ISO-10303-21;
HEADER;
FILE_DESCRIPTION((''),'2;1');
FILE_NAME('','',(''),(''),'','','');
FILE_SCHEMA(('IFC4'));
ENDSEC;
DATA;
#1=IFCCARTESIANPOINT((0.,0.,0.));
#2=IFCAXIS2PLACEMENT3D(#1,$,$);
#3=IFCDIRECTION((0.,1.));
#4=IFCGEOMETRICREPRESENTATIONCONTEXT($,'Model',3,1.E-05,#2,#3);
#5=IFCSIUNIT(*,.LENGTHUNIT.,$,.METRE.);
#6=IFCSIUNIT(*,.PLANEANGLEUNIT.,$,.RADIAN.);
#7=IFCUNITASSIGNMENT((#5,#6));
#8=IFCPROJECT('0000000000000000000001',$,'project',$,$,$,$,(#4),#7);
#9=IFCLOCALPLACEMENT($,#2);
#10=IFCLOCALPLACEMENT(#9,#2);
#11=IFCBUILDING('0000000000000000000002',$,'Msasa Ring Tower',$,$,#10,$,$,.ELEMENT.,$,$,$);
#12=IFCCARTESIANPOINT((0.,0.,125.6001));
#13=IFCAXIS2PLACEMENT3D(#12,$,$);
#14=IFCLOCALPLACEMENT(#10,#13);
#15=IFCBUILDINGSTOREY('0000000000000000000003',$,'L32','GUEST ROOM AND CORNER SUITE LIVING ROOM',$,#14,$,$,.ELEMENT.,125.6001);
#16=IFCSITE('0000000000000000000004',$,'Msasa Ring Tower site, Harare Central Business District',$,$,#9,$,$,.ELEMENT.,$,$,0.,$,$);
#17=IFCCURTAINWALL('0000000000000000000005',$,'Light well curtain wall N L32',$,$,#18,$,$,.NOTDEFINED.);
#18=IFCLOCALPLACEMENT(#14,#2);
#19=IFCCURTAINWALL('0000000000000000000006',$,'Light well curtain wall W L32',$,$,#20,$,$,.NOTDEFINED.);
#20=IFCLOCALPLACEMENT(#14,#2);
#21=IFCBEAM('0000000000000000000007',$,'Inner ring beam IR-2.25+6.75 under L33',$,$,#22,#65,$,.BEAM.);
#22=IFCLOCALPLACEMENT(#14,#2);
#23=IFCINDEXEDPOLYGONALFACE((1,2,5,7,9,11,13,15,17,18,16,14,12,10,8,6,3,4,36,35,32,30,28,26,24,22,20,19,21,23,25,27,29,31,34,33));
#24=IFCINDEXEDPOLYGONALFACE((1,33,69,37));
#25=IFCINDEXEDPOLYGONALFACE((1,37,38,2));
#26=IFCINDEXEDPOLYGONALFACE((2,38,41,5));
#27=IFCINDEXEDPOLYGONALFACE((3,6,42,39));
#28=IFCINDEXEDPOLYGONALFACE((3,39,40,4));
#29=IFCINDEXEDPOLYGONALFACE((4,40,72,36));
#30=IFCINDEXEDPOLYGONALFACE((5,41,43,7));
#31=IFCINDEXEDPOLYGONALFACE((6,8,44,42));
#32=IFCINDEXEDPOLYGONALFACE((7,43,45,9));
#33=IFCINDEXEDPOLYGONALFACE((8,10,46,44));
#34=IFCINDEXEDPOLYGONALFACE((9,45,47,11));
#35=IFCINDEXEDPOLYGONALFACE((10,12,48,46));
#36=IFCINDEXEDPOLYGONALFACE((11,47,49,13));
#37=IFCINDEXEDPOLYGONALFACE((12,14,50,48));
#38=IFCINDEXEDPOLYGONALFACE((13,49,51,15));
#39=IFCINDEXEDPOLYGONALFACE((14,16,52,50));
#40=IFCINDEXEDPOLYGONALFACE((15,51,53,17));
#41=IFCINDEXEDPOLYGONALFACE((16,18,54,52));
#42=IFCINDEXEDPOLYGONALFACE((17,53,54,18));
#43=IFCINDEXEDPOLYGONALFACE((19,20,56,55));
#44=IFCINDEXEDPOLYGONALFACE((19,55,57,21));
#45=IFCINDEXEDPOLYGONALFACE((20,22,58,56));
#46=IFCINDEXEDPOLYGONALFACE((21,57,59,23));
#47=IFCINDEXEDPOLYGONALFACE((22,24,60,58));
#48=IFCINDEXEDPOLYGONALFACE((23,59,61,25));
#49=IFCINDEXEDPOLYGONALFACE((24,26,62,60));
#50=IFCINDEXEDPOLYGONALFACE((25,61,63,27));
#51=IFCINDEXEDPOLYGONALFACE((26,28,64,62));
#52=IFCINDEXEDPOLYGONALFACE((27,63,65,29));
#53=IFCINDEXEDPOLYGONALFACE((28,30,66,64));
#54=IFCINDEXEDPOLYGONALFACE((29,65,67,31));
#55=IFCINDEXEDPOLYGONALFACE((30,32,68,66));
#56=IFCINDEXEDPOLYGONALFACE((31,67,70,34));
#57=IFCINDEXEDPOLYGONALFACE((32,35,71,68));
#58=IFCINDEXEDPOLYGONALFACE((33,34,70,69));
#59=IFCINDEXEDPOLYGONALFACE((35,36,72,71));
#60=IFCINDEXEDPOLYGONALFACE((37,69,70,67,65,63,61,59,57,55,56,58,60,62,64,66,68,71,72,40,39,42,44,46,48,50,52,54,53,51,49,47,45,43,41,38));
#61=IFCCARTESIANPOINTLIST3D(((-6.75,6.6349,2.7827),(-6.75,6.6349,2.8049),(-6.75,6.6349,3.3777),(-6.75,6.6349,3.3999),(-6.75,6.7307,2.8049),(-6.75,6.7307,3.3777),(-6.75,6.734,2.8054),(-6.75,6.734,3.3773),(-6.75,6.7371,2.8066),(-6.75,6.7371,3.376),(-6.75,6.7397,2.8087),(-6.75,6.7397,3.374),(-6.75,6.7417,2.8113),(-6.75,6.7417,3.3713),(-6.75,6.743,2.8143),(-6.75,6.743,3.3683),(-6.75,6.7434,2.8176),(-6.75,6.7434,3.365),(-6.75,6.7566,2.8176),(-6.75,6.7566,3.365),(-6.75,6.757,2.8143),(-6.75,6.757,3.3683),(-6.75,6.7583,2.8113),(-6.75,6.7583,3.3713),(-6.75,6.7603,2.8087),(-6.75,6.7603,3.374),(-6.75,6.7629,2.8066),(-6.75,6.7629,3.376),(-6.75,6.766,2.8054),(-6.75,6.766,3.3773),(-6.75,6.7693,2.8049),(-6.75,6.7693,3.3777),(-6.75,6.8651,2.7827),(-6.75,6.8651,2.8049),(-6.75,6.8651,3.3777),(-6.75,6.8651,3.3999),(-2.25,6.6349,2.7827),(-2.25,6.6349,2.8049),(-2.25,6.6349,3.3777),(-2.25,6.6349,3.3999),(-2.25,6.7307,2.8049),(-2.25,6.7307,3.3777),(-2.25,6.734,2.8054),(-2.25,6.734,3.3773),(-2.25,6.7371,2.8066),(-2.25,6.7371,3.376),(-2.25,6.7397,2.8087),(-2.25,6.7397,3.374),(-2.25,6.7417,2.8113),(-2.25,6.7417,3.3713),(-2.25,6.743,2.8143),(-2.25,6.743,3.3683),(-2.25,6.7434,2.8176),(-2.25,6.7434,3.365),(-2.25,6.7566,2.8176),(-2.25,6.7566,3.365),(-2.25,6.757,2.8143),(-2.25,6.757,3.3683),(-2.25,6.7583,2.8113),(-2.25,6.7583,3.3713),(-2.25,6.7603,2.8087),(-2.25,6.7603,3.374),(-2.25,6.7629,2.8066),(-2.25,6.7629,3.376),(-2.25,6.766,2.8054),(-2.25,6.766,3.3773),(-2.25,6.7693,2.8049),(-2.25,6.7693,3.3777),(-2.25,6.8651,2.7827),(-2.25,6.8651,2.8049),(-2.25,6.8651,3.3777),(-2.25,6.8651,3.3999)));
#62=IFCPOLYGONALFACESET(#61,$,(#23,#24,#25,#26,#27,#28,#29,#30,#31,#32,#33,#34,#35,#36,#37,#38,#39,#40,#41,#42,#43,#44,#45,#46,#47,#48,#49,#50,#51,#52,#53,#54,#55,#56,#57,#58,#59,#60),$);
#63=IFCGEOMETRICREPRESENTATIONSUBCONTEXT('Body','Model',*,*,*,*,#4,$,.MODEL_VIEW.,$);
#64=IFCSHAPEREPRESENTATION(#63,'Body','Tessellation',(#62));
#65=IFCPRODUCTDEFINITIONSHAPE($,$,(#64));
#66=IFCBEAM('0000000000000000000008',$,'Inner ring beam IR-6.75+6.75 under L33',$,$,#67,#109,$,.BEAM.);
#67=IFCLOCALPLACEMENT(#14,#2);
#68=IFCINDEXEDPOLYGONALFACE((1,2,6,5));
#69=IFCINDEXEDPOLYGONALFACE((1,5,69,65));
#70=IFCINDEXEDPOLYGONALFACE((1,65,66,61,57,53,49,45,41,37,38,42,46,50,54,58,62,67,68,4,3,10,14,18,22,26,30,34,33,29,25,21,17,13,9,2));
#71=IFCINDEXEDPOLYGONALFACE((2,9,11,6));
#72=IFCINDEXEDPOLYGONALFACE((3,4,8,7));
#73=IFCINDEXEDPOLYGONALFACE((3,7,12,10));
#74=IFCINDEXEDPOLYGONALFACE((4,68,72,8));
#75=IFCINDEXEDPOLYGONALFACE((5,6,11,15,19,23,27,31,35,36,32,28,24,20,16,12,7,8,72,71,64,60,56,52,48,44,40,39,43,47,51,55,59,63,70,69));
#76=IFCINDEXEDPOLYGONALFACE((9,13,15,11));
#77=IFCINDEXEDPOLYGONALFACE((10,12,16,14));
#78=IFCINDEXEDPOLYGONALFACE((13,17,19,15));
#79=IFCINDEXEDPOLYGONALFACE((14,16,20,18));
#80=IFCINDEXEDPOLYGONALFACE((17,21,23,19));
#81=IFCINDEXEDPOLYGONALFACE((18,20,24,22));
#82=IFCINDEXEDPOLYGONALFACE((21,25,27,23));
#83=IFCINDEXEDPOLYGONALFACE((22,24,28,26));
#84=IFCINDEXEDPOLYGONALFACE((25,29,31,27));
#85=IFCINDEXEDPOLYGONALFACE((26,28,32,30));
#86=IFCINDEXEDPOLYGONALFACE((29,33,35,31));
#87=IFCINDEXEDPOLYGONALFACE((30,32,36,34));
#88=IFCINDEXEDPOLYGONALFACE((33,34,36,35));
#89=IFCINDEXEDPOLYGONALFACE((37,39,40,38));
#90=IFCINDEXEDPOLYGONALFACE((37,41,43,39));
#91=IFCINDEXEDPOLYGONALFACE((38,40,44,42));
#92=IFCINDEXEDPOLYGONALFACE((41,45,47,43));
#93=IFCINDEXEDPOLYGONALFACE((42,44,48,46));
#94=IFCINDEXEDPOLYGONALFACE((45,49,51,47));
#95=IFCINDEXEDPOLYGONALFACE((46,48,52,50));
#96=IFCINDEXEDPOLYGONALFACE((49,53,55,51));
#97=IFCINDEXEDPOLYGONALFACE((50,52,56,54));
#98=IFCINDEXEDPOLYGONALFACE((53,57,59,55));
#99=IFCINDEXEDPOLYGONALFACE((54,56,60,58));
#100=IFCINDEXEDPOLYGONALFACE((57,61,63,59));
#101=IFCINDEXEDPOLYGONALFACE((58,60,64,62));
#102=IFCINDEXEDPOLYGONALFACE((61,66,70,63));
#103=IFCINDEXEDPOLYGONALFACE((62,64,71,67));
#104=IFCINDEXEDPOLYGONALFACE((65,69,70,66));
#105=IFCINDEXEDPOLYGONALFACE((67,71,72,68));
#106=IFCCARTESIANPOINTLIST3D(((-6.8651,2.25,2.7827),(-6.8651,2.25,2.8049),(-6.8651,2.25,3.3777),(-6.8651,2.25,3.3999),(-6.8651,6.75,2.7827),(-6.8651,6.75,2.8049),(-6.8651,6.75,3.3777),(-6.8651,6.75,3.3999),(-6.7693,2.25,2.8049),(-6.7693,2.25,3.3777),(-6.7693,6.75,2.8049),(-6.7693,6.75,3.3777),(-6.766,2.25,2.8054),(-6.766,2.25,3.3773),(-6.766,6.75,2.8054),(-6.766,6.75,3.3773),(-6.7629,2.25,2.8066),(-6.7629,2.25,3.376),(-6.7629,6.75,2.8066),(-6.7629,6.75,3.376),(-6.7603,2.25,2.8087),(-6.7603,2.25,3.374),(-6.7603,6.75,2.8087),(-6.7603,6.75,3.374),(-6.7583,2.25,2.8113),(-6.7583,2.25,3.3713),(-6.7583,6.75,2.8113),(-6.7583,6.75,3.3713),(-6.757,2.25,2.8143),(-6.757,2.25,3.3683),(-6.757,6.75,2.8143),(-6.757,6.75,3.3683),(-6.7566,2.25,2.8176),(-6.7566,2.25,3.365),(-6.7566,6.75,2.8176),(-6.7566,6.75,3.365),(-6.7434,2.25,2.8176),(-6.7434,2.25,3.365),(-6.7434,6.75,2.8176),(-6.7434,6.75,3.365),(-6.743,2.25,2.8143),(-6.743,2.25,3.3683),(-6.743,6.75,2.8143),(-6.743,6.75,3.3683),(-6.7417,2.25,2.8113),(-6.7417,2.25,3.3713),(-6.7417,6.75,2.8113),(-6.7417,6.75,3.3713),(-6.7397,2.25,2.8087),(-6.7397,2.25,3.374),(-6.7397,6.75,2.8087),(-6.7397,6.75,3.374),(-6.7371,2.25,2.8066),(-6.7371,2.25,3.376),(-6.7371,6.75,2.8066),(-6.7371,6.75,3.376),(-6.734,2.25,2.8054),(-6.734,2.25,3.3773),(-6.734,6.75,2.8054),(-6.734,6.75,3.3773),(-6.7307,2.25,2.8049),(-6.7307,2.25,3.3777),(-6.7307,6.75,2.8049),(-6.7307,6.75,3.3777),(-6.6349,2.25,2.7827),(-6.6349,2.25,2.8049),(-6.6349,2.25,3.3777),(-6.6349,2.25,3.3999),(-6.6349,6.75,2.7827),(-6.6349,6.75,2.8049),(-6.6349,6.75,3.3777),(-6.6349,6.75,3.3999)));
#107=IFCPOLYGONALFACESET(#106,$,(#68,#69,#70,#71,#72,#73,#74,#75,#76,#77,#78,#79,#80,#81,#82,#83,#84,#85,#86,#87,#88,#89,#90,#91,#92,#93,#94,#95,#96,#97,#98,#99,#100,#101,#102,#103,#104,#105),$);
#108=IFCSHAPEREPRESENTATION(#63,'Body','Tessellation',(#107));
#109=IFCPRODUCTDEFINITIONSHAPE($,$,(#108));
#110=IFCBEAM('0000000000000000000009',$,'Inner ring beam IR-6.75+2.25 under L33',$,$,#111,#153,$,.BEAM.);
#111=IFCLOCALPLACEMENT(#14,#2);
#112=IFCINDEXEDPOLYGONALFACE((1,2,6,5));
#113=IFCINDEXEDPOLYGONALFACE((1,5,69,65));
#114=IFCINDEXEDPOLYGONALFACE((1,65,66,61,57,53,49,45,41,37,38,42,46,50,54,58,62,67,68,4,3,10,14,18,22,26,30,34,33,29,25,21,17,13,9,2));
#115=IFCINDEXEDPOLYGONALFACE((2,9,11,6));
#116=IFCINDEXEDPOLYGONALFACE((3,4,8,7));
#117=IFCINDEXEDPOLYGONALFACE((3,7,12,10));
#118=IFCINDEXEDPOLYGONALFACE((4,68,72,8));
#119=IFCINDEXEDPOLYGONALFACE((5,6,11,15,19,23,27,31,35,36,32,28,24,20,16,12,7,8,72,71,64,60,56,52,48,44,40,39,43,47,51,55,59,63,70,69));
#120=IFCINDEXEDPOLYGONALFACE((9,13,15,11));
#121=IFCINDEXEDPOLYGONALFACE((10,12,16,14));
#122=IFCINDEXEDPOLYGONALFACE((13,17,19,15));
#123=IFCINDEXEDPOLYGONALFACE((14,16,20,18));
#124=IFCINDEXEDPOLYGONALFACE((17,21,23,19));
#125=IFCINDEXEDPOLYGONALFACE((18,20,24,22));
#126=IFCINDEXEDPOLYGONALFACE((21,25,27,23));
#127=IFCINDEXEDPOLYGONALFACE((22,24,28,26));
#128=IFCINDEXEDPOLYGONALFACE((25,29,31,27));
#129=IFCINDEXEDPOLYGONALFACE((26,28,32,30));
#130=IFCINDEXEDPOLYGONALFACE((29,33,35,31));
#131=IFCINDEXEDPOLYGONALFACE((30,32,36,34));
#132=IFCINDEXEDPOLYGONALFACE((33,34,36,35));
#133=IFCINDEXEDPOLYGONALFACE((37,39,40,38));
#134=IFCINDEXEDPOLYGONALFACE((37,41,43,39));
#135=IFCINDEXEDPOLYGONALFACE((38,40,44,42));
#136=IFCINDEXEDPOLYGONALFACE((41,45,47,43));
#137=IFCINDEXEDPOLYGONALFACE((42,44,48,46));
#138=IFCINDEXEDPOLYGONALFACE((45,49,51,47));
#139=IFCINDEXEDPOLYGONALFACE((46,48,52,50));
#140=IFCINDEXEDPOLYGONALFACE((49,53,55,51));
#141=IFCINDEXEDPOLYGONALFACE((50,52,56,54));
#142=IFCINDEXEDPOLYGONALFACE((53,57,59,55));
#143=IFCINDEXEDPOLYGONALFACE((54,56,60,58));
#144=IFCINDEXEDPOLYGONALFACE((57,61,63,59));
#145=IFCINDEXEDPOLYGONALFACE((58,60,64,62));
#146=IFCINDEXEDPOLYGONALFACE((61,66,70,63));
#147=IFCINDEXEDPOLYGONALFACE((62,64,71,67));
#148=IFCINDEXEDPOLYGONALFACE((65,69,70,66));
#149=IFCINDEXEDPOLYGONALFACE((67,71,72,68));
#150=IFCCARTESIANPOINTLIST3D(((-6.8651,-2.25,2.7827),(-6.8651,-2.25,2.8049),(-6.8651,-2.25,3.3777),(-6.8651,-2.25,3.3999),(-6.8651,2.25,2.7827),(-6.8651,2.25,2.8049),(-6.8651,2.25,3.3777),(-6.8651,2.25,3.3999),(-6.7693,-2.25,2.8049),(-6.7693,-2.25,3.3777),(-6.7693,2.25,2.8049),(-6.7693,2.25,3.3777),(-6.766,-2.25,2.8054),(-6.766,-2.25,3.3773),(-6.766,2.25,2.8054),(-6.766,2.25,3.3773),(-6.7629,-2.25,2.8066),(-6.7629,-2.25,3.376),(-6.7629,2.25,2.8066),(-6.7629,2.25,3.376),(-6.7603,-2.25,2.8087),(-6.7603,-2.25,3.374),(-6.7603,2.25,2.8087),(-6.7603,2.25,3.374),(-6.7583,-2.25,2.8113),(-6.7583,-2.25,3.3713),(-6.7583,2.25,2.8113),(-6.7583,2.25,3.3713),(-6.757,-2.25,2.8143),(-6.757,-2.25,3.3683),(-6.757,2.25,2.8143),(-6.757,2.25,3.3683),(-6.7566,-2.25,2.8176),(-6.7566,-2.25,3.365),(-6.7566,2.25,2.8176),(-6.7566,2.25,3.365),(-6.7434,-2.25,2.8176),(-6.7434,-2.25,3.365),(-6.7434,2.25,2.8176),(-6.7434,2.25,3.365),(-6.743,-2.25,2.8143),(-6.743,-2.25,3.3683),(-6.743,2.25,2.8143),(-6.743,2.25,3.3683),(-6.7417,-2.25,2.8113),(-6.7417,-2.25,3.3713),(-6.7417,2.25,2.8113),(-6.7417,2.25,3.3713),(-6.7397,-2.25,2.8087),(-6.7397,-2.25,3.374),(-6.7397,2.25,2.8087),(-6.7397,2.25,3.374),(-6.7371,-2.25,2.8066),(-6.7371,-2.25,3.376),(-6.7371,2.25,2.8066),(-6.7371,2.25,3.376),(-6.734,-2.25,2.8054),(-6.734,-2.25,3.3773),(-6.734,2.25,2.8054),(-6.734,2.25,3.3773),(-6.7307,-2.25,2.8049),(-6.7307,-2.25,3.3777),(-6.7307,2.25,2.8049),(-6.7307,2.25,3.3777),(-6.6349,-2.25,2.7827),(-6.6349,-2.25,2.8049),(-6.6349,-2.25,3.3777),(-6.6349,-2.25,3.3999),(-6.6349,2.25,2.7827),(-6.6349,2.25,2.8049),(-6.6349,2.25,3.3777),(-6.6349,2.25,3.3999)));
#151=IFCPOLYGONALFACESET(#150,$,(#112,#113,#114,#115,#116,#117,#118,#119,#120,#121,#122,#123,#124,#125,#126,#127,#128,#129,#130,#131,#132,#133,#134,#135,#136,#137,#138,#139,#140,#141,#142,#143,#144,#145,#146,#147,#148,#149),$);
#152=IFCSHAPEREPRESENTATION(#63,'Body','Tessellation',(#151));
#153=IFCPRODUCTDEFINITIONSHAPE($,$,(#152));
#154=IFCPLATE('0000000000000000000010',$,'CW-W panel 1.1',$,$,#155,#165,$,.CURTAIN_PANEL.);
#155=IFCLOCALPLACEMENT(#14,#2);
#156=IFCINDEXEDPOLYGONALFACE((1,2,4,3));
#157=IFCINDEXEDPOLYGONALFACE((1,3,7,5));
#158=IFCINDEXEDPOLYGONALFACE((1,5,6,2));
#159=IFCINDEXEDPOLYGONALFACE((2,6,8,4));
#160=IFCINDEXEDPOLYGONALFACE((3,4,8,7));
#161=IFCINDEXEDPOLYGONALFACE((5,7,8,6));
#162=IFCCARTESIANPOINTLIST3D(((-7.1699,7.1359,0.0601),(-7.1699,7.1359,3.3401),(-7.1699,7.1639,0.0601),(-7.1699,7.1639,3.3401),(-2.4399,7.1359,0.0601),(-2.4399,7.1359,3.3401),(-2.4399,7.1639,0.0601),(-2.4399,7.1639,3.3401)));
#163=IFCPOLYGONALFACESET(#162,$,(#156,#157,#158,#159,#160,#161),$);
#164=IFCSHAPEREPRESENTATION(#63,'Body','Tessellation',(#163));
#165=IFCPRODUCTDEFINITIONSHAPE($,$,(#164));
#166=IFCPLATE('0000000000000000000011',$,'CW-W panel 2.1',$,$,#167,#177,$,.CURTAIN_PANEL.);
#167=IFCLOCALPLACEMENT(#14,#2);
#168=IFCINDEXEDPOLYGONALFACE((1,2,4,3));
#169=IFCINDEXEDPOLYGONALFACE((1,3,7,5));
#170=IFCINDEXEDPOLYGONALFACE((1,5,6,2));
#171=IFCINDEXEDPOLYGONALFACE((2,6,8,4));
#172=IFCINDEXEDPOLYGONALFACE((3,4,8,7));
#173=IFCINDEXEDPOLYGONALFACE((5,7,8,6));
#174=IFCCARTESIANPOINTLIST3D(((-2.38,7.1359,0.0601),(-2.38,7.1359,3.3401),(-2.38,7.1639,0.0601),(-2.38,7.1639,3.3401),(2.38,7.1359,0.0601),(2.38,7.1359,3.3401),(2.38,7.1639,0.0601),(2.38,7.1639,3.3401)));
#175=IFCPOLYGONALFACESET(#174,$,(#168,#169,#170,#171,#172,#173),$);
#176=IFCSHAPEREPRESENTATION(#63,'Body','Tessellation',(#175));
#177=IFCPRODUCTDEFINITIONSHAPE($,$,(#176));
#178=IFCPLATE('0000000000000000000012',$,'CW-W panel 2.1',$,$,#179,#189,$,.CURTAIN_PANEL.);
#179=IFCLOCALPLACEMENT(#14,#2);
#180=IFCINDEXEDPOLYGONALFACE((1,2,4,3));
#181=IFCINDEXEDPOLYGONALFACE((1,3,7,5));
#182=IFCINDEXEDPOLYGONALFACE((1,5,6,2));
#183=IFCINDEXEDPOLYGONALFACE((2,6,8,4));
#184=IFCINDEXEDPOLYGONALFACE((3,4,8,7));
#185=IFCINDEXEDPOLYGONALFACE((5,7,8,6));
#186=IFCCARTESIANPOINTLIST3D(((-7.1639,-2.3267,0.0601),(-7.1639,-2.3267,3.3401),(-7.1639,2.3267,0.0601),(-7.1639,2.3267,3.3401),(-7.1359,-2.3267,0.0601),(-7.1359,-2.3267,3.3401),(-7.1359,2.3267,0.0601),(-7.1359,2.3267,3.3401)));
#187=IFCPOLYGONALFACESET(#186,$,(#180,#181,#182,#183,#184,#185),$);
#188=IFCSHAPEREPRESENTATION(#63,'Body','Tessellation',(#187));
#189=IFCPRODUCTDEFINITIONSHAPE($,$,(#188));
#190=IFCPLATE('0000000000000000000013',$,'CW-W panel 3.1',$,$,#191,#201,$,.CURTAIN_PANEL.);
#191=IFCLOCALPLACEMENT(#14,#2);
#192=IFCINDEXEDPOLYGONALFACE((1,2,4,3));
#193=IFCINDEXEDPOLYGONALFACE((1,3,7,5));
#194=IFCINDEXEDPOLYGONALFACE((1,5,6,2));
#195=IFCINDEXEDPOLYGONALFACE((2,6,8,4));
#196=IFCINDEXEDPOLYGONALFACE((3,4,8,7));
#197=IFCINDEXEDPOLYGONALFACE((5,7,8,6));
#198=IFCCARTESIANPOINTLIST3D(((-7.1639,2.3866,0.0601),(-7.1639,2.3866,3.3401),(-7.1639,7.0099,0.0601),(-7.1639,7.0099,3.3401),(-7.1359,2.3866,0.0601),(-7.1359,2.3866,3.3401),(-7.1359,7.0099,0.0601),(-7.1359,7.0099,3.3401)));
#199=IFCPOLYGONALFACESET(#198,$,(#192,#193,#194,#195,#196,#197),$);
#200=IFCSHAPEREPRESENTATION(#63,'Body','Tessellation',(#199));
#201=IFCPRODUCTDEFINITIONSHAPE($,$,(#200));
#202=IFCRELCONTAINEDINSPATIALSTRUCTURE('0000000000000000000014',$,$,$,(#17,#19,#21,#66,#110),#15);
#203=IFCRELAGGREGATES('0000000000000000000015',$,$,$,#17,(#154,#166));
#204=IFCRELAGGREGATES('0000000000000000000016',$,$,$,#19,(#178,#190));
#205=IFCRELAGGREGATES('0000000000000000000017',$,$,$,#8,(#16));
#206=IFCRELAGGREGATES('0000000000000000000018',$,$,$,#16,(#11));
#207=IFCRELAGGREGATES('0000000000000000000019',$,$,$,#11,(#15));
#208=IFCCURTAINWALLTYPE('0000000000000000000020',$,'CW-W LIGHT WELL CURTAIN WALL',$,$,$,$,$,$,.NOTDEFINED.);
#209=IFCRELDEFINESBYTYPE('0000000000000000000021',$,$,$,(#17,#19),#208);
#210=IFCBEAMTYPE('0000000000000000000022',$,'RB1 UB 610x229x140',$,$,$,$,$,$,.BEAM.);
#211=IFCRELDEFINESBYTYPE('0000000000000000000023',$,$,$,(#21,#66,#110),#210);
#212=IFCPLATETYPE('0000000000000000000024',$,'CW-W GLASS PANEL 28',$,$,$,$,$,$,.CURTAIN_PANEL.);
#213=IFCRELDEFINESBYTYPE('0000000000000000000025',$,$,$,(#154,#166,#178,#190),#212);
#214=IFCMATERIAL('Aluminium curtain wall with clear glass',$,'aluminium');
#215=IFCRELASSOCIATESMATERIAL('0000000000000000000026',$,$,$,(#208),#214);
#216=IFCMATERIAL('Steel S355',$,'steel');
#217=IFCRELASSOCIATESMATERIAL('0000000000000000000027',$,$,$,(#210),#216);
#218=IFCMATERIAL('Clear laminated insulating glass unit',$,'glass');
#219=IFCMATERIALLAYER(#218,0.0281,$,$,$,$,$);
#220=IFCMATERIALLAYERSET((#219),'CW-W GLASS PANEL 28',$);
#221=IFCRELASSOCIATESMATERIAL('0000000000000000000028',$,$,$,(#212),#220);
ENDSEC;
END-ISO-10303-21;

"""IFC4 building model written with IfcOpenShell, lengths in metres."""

from ifc_helpers import new_model, si_unit, direction, frame, origin, origin_2d, place, context, subcontext, project, spatial, rectangle, i_section, extrude, material, layer, layer_set, material_profile, profile_set, type_object, element, aggregate, save


model = new_model("IFC4")

# Units and contexts
model_context = context("Model", 3, precision=1e-05, world=origin(), true_north=direction((0.0, 1.0)))
body_context = subcontext(model_context, "Body", "Model", "MODEL_VIEW")
ifc_project = project(units=[si_unit("LENGTHUNIT", "METRE"), si_unit("PLANEANGLEUNIT", "RADIAN")], contexts=[model_context])

# Site, building, storey
site_placement = place(None, origin())
site = spatial("IfcSite", under=ifc_project, at=site_placement, Name="Msasa Ring Tower site, Harare Central Business District", CompositionType="ELEMENT", RefElevation=0.0)
building_placement = place(site_placement, origin())
building = spatial("IfcBuilding", under=site, at=building_placement, Name="Msasa Ring Tower", CompositionType="ELEMENT")
storey_placement = place(building_placement, frame((0.0, 0.0, 125.6001)))
storey = spatial("IfcBuildingStorey", under=building, at=storey_placement, Name="L32", Description="GUEST ROOM AND CORNER SUITE LIVING ROOM", CompositionType="ELEMENT", Elevation=125.6001)

# Curtain walls
ifc_material_1 = material(Name="Aluminium curtain wall with clear glass", Category="aluminium")
curtain_wall_type = type_object("IfcCurtainWallType", Name="CW-W LIGHT WELL CURTAIN WALL", PredefinedType="NOTDEFINED", material=ifc_material_1)
curtain_wall_1_placement = place(storey_placement, origin())
curtain_wall_1 = element("IfcCurtainWall", 1, at=curtain_wall_1_placement, inside=storey, type_object=curtain_wall_type, Name="Light well curtain wall N L32", PredefinedType="NOTDEFINED")
curtain_wall_2_placement = place(storey_placement, origin())
curtain_wall_2 = element("IfcCurtainWall", 2, at=curtain_wall_2_placement, inside=storey, type_object=curtain_wall_type, Name="Light well curtain wall W L32", PredefinedType="NOTDEFINED")

# Beams
ifc_material_2 = material(Name="Steel S355", Category="steel")
ifc_material_profile_1 = material_profile(ifc_material_2, i_section(OverallWidth=0.2302, OverallDepth=0.6172, WebThickness=0.0132, FlangeThickness=0.0222, FilletRadius=0.0127, at=origin_2d()), Name="UB 610x229x140")
ifc_profile_set_1 = profile_set([ifc_material_profile_1], Name="Steel S355")
beam_type = type_object("IfcBeamType", Name="RB1 UB 610x229x140", PredefinedType="BEAM", material=ifc_profile_set_1)
for number, where, z_axis, x_axis, name in (
    (3, (-2.25, 6.75, 3.0913), (-1.0, 0.0, 0.0), (0.0, -1.0, 0.0), "Inner ring beam IR-2.25+6.75 under L33"),
    (4, (-6.75, 6.75, 3.0913), (0.0, -1.0, 0.0), (1.0, 0.0, 0.0), "Inner ring beam IR-6.75+6.75 under L33"),
    (5, (-6.75, 2.25, 3.0913), (0.0, -1.0, 0.0), (1.0, 0.0, 0.0), "Inner ring beam IR-6.75+2.25 under L33"),
):
    element("IfcBeam", number, at=place(storey_placement, frame(where, z_axis=z_axis, x_axis=x_axis)), inside=storey, type_object=beam_type, Name=name, PredefinedType="BEAM", context=body_context, shape_type="SweptSolid", body=[
        extrude(i_section(OverallWidth=0.2302, OverallDepth=0.6172, WebThickness=0.0132, FlangeThickness=0.0222, FilletRadius=0.0127, at=origin_2d()), origin(), (0.0, 0.0, 1.0), 4.5),
    ])

# Plates
ifc_material_3 = material(Name="Clear laminated insulating glass unit", Category="glass")
ifc_layer_1 = layer(ifc_material_3, 0.0281)
ifc_layer_set_1 = layer_set([ifc_layer_1], Name="CW-W GLASS PANEL 28")
plate_type = type_object("IfcPlateType", Name="CW-W GLASS PANEL 28", PredefinedType="CURTAIN_PANEL", material=ifc_layer_set_1)
plate_1_placement = place(storey_placement, frame((-4.8049, 7.1499, 0.0601), z_axis=(0.0, 0.0, 1.0), x_axis=(1.0, 0.0, 0.0)))
plate_1 = element("IfcPlate", 6, at=plate_1_placement, type_object=plate_type, Name="CW-W panel 1.1", PredefinedType="CURTAIN_PANEL", context=body_context, shape_type="SweptSolid", body=[
    extrude(rectangle(XDim=4.73, YDim=0.0281, at=origin_2d()), origin(), (0.0, 0.0, 1.0), 3.28),
])
plate_2_placement = place(storey_placement, frame((0.0, 7.1499, 0.0601), z_axis=(0.0, 0.0, 1.0), x_axis=(1.0, 0.0, 0.0)))
plate_2 = element("IfcPlate", 7, at=plate_2_placement, type_object=plate_type, Name="CW-W panel 2.1", PredefinedType="CURTAIN_PANEL", context=body_context, shape_type="SweptSolid", body=[
    extrude(rectangle(XDim=4.76, YDim=0.0281, at=origin_2d()), origin(), (0.0, 0.0, 1.0), 3.28),
])
aggregate(curtain_wall_1, [plate_1, plate_2])
plate_3_placement = place(storey_placement, frame((-7.1499, 0.0, 0.0601), z_axis=(0.0, 0.0, 1.0), x_axis=(0.0, 1.0, 0.0)))
plate_3 = element("IfcPlate", 8, at=plate_3_placement, type_object=plate_type, Name="CW-W panel 2.1", PredefinedType="CURTAIN_PANEL", context=body_context, shape_type="SweptSolid", body=[
    extrude(rectangle(XDim=4.6533, YDim=0.0281, at=origin_2d()), origin(), (0.0, 0.0, 1.0), 3.28),
])
plate_4_placement = place(storey_placement, frame((-7.1499, 4.6982, 0.0601), z_axis=(0.0, 0.0, 1.0), x_axis=(0.0, 1.0, 0.0)))
plate_4 = element("IfcPlate", 9, at=plate_4_placement, type_object=plate_type, Name="CW-W panel 3.1", PredefinedType="CURTAIN_PANEL", context=body_context, shape_type="SweptSolid", body=[
    extrude(rectangle(XDim=4.6233, YDim=0.0281, at=origin_2d()), origin(), (0.0, 0.0, 1.0), 3.28),
])
aggregate(curtain_wall_2, [plate_3, plate_4])

save(model, "model.ifc")
